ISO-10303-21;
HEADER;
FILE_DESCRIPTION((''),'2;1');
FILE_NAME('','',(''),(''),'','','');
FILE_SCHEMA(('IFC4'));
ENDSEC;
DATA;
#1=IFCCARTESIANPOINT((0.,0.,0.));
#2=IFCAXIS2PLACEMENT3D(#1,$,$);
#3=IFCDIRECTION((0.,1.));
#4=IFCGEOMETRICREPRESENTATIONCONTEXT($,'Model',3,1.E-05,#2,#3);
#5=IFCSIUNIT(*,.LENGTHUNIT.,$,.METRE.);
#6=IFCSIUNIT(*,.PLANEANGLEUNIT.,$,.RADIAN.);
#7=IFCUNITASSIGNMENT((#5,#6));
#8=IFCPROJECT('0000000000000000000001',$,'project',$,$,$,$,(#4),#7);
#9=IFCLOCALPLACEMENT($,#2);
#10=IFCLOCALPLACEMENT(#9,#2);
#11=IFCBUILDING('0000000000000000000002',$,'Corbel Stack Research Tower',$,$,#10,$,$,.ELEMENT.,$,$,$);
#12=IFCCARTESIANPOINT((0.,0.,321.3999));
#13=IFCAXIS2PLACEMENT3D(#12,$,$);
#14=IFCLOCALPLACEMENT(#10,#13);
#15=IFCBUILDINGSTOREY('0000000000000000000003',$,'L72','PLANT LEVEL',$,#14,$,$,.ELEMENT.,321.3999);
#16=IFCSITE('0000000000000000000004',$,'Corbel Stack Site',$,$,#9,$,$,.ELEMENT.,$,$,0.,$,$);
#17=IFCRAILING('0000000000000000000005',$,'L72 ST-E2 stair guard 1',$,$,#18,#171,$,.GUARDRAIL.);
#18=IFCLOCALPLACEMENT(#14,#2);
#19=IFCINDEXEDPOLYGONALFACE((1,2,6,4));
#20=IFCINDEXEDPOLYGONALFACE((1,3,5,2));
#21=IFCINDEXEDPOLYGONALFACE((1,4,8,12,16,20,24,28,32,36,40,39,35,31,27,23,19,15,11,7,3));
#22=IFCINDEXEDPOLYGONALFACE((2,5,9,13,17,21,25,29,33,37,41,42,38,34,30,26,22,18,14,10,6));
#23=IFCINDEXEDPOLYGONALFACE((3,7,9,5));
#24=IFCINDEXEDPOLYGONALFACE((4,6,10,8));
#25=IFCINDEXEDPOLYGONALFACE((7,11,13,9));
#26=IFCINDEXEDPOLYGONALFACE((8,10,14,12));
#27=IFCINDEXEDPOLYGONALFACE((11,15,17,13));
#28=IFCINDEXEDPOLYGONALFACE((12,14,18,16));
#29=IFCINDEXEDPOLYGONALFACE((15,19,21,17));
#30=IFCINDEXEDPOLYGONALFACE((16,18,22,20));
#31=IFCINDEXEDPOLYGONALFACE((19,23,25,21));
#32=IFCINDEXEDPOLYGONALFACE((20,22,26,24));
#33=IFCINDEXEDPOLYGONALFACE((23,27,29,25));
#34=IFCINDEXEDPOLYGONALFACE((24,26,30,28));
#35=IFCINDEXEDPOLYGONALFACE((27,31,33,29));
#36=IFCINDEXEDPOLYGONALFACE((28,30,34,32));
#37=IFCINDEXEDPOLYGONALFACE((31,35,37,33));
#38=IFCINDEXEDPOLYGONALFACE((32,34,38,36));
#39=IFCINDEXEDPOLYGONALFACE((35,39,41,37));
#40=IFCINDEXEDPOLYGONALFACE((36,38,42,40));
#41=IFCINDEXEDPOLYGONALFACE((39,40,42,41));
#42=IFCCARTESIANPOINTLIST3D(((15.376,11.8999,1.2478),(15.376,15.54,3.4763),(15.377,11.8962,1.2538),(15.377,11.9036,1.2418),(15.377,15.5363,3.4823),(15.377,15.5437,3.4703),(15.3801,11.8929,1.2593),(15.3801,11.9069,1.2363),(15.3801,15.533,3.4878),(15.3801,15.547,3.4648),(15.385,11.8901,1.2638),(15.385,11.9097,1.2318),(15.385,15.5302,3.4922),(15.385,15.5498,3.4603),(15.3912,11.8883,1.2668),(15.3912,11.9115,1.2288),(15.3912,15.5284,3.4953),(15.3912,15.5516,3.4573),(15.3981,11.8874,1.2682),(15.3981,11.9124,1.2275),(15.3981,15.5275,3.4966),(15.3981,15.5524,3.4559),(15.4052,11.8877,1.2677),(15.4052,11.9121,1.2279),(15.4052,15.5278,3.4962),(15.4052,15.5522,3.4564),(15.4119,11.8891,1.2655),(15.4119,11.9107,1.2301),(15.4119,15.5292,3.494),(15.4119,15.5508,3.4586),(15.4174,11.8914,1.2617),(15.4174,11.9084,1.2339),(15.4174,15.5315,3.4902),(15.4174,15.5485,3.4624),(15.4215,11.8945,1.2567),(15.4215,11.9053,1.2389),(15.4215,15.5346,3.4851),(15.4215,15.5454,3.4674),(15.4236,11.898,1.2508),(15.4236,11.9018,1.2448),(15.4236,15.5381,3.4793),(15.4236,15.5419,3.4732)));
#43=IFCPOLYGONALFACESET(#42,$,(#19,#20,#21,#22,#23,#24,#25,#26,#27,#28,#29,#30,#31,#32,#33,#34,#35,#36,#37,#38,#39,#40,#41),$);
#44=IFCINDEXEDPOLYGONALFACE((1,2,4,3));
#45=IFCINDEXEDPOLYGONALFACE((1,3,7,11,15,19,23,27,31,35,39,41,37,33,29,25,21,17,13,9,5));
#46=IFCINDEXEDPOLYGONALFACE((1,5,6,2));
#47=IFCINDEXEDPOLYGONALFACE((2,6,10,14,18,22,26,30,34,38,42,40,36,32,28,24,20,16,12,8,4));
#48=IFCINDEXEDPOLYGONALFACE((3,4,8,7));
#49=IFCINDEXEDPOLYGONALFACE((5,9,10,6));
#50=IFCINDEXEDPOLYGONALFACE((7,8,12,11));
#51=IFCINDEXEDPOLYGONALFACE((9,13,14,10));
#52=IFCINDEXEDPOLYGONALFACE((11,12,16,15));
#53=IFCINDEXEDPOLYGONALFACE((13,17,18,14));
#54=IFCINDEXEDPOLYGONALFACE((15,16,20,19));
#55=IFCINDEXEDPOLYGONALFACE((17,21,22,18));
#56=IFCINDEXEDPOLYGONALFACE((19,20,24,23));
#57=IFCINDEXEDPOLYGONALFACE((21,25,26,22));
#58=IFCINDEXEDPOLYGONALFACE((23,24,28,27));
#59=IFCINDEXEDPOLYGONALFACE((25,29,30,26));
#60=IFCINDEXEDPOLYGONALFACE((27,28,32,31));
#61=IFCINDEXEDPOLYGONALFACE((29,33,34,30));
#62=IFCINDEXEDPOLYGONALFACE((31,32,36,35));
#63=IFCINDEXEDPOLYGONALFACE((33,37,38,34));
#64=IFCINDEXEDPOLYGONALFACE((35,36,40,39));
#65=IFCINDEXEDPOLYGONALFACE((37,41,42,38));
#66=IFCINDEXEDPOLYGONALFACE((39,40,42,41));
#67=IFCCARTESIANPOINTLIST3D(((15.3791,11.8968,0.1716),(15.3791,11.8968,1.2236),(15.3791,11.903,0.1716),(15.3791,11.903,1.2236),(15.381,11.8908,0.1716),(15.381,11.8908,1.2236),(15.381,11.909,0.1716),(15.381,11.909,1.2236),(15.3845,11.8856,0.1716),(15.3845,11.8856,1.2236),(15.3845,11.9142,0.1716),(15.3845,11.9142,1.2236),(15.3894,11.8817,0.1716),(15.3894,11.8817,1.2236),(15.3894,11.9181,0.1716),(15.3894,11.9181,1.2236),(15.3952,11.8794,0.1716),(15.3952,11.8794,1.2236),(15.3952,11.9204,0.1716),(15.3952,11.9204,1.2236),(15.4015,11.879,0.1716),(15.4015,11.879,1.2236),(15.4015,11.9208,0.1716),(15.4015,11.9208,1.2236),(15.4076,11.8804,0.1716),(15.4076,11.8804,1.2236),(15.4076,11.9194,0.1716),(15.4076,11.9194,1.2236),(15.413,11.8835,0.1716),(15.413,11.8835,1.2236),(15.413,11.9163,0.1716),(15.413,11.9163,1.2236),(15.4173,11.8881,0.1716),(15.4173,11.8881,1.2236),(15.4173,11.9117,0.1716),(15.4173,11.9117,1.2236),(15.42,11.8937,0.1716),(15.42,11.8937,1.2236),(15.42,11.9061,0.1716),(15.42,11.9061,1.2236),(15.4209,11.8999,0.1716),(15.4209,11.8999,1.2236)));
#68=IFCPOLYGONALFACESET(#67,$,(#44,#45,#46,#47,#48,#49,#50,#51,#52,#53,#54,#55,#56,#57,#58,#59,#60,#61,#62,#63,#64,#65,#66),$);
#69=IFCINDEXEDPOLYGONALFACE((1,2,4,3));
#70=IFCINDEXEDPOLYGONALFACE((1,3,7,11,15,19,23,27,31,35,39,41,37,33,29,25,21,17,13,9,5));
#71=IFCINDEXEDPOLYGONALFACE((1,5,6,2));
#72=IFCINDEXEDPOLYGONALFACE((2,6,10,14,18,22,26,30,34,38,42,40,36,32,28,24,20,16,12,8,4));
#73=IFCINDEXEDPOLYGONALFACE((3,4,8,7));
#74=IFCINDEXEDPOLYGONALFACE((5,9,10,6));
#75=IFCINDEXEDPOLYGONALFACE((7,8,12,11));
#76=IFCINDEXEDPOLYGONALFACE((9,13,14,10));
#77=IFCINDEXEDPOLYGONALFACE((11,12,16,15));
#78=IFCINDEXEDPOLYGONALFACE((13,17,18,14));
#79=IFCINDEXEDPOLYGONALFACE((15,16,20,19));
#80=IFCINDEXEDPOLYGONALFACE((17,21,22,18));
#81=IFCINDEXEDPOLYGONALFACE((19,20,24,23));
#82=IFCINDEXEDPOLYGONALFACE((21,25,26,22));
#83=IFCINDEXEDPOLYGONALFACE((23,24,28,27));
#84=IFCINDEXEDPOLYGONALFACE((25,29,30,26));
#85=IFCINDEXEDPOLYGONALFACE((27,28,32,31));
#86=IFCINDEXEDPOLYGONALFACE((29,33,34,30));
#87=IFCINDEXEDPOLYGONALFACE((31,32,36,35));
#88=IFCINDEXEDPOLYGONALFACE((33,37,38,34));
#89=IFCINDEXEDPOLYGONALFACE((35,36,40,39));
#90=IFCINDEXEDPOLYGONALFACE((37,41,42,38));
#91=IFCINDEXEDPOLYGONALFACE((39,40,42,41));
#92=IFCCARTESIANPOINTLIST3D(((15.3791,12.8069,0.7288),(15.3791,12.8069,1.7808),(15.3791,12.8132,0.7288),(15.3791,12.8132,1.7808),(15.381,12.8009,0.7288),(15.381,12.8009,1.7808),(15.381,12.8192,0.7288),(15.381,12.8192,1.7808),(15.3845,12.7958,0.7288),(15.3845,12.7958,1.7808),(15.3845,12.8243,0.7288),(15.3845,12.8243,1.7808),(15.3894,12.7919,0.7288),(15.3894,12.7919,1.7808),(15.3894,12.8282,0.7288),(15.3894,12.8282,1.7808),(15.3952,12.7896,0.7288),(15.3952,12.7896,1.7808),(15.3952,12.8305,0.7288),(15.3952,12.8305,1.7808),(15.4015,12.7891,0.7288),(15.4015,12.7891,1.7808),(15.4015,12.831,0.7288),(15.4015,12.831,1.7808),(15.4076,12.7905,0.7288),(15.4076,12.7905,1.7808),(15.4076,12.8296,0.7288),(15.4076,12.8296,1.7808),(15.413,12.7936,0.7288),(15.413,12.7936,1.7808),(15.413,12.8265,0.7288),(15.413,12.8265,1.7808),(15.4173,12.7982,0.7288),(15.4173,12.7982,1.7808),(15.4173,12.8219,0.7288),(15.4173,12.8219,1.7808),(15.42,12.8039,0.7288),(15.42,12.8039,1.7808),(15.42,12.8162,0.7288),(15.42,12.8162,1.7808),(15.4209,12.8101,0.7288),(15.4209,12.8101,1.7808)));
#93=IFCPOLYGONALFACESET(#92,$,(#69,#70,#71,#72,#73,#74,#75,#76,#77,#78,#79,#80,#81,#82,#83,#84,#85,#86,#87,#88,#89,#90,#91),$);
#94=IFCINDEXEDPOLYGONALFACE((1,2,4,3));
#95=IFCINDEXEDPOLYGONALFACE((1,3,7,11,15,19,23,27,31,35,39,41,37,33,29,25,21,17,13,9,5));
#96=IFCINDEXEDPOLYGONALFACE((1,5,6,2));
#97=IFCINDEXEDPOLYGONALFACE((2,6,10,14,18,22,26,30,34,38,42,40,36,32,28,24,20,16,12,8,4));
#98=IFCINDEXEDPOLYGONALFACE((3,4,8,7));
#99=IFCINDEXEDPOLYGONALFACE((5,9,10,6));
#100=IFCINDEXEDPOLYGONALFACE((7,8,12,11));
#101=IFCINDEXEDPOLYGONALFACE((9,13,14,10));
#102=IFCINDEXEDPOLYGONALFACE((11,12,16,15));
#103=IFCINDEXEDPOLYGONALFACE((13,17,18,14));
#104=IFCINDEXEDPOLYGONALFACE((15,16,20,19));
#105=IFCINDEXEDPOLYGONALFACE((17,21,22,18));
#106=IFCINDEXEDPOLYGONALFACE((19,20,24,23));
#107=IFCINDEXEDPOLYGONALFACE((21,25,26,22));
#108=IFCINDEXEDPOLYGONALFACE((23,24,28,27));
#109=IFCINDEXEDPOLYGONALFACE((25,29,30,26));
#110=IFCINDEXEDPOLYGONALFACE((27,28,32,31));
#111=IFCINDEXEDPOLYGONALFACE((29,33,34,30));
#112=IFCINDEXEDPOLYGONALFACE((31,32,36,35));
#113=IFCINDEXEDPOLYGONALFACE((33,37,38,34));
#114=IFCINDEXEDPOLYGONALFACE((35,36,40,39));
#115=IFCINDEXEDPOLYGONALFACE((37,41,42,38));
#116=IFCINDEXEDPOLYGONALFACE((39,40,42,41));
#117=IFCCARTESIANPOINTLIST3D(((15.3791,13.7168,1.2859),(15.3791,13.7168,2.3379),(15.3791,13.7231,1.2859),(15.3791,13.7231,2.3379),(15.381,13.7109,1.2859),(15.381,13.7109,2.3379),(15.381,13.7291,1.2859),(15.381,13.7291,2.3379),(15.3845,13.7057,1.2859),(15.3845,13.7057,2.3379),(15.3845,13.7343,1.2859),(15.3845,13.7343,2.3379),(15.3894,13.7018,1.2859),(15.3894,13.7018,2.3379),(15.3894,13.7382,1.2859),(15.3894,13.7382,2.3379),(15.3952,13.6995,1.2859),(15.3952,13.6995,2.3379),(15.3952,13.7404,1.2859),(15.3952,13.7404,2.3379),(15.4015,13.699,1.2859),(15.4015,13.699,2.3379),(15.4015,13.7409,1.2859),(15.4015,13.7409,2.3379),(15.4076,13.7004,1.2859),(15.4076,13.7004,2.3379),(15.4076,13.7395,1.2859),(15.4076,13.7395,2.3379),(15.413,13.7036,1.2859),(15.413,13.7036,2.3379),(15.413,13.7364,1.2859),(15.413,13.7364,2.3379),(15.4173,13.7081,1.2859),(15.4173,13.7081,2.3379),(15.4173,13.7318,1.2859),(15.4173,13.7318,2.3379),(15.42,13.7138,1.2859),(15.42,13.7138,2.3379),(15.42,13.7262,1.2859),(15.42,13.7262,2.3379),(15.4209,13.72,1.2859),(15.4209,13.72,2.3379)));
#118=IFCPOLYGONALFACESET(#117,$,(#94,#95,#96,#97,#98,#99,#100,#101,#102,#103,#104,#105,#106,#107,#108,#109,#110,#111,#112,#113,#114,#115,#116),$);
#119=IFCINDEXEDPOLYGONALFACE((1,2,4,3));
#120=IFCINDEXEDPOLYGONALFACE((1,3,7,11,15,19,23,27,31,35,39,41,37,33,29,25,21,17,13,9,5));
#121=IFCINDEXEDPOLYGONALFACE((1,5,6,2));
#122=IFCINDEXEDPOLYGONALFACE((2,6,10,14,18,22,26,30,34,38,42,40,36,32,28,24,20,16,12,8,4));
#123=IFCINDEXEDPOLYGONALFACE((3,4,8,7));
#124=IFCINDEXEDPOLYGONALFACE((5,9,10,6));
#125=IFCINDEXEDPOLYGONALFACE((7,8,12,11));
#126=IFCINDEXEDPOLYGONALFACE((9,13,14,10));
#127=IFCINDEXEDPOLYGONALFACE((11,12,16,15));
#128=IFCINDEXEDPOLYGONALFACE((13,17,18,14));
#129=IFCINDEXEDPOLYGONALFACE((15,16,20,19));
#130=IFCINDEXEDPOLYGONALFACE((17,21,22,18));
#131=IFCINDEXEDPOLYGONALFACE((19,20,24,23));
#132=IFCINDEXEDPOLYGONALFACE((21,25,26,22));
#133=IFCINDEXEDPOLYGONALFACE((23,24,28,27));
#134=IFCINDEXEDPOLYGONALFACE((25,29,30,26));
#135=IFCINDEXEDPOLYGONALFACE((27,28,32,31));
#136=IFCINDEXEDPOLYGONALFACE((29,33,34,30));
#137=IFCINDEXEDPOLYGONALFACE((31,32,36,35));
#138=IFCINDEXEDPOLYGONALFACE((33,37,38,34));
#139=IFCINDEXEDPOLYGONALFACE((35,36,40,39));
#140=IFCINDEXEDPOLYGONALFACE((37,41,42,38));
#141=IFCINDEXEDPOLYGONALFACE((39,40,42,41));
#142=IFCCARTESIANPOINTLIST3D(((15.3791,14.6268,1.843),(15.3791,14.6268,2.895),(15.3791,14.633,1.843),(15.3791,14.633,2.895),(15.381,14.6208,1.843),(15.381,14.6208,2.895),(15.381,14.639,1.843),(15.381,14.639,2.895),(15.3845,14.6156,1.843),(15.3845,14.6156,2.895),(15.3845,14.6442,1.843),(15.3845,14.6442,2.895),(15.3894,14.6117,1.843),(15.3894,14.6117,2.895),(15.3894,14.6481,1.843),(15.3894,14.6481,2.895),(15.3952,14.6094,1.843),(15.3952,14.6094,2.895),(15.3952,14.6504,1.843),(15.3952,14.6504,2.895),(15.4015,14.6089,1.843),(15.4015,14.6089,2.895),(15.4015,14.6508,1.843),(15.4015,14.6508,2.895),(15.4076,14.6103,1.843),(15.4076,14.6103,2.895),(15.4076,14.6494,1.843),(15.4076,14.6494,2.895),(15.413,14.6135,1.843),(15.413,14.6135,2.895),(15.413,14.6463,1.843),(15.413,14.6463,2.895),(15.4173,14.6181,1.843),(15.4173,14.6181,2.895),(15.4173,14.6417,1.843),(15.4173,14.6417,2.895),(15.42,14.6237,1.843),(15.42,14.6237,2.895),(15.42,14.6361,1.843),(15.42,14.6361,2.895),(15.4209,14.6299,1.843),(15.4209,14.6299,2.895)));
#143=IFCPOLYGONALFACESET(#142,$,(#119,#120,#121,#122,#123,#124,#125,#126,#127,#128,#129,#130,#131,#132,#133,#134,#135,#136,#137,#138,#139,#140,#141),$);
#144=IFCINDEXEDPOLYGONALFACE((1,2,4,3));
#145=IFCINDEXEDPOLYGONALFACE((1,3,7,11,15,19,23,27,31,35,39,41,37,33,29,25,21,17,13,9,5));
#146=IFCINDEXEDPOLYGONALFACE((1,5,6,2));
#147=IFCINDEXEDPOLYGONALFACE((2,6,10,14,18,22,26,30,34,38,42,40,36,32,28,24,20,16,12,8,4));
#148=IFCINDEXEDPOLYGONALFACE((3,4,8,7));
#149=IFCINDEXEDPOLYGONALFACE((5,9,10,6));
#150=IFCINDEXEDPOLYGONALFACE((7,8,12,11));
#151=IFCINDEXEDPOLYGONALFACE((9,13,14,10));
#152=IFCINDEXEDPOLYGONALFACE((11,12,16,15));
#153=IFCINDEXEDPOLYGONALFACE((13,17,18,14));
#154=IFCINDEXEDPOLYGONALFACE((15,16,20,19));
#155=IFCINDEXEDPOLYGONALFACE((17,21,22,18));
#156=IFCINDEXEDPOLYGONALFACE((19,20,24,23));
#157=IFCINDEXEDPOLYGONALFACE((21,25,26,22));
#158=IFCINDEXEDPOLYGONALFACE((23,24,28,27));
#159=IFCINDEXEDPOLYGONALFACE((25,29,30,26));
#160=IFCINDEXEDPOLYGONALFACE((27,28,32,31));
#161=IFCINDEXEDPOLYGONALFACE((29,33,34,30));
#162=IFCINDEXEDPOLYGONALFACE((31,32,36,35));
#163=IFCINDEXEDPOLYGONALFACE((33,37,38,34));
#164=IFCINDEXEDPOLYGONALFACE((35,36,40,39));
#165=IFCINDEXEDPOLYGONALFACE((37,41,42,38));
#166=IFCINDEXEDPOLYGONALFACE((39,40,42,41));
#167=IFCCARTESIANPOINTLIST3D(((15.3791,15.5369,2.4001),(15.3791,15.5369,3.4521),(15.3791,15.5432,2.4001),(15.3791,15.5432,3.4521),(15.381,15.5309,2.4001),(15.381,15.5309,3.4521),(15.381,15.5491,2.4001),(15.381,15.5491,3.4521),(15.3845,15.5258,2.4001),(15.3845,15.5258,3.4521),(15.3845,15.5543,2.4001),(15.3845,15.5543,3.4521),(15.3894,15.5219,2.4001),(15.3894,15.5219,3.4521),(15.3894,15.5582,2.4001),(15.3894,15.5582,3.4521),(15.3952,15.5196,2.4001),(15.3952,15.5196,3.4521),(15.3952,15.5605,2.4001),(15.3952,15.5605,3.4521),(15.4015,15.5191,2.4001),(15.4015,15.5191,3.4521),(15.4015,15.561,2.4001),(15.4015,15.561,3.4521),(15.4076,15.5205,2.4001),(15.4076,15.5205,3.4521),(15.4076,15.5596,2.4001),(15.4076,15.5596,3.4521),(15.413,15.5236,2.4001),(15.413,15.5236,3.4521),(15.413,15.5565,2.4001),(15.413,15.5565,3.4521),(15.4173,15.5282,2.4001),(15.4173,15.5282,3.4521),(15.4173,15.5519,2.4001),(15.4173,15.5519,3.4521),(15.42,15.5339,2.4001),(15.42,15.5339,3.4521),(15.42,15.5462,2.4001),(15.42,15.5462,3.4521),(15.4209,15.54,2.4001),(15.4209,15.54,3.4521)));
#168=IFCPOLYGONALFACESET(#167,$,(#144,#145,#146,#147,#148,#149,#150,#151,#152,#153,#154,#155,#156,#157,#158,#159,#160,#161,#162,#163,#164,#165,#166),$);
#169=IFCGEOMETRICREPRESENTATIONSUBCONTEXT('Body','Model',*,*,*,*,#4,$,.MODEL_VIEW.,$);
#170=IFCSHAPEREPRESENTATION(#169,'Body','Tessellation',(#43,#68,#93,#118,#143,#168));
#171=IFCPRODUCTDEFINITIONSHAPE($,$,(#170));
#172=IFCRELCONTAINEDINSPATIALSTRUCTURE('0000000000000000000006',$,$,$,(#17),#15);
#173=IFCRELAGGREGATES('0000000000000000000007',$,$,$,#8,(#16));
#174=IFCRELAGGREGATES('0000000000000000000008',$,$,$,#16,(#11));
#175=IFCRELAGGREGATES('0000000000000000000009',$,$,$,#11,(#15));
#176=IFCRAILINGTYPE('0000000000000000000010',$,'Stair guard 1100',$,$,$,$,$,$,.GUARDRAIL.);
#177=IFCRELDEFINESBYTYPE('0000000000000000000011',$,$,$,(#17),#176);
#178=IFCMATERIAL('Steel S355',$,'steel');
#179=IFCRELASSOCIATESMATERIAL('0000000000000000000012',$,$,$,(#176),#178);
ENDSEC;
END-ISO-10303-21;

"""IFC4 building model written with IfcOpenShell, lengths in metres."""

from ifc_helpers import new_model, si_unit, direction, frame, origin, origin_2d, place, context, subcontext, project, spatial, circle, extrude, material, type_object, element, save


model = new_model("IFC4")

# Units and contexts
model_context = context("Model", 3, precision=1e-05, world=origin(), true_north=direction((0.0, 1.0)))
body_context = subcontext(model_context, "Body", "Model", "MODEL_VIEW")
ifc_project = project(units=[si_unit("LENGTHUNIT", "METRE"), si_unit("PLANEANGLEUNIT", "RADIAN")], contexts=[model_context])

# Site, building, storey
site_placement = place(None, origin())
site = spatial("IfcSite", under=ifc_project, at=site_placement, Name="Corbel Stack Site", CompositionType="ELEMENT", RefElevation=0.0)
building_placement = place(site_placement, origin())
building = spatial("IfcBuilding", under=site, at=building_placement, Name="Corbel Stack Research Tower", CompositionType="ELEMENT")
storey_placement = place(building_placement, frame((0.0, 0.0, 321.3999)))
storey = spatial("IfcBuildingStorey", under=building, at=storey_placement, Name="L72", Description="PLANT LEVEL", CompositionType="ELEMENT", Elevation=321.3999)

# Railing
ifc_material_1 = material(Name="Steel S355", Category="steel")
railing_type_1 = type_object("IfcRailingType", Name="Stair guard 1100", PredefinedType="GUARDRAIL", material=ifc_material_1)
railing_1_placement = place(storey_placement, frame((15.3999, 11.8999, 0.1716)))
element("IfcRailing", 1, at=railing_1_placement, inside=storey, type_object=railing_type_1, Name="L72 ST-E2 stair guard 1", PredefinedType="GUARDRAIL", context=body_context, shape_type="SweptSolid", body=[
    extrude(circle(Radius=0.0239, at=origin_2d()), frame((0.0, 0.0, 1.0762), z_axis=(0.0, 0.852866, 0.52213), x_axis=(-1.0, 0.0, 0.0)), (0.0, 0.0, 1.0), 4.2681),
    extrude(circle(Radius=0.021, at=origin_2d()), origin(), (0.0, 0.0, 1.0), 1.052),
    extrude(circle(Radius=0.021, at=origin_2d()), frame((0.0, 0.9102, 0.5571)), (0.0, 0.0, 1.0), 1.052),
    extrude(circle(Radius=0.021, at=origin_2d()), frame((0.0, 1.8201, 1.1143)), (0.0, 0.0, 1.0), 1.052),
    extrude(circle(Radius=0.021, at=origin_2d()), frame((0.0, 2.73, 1.6714)), (0.0, 0.0, 1.0), 1.052),
    extrude(circle(Radius=0.021, at=origin_2d()), frame((0.0, 3.6401, 2.2285)), (0.0, 0.0, 1.0), 1.052),
])

save(model, "model.ifc")
